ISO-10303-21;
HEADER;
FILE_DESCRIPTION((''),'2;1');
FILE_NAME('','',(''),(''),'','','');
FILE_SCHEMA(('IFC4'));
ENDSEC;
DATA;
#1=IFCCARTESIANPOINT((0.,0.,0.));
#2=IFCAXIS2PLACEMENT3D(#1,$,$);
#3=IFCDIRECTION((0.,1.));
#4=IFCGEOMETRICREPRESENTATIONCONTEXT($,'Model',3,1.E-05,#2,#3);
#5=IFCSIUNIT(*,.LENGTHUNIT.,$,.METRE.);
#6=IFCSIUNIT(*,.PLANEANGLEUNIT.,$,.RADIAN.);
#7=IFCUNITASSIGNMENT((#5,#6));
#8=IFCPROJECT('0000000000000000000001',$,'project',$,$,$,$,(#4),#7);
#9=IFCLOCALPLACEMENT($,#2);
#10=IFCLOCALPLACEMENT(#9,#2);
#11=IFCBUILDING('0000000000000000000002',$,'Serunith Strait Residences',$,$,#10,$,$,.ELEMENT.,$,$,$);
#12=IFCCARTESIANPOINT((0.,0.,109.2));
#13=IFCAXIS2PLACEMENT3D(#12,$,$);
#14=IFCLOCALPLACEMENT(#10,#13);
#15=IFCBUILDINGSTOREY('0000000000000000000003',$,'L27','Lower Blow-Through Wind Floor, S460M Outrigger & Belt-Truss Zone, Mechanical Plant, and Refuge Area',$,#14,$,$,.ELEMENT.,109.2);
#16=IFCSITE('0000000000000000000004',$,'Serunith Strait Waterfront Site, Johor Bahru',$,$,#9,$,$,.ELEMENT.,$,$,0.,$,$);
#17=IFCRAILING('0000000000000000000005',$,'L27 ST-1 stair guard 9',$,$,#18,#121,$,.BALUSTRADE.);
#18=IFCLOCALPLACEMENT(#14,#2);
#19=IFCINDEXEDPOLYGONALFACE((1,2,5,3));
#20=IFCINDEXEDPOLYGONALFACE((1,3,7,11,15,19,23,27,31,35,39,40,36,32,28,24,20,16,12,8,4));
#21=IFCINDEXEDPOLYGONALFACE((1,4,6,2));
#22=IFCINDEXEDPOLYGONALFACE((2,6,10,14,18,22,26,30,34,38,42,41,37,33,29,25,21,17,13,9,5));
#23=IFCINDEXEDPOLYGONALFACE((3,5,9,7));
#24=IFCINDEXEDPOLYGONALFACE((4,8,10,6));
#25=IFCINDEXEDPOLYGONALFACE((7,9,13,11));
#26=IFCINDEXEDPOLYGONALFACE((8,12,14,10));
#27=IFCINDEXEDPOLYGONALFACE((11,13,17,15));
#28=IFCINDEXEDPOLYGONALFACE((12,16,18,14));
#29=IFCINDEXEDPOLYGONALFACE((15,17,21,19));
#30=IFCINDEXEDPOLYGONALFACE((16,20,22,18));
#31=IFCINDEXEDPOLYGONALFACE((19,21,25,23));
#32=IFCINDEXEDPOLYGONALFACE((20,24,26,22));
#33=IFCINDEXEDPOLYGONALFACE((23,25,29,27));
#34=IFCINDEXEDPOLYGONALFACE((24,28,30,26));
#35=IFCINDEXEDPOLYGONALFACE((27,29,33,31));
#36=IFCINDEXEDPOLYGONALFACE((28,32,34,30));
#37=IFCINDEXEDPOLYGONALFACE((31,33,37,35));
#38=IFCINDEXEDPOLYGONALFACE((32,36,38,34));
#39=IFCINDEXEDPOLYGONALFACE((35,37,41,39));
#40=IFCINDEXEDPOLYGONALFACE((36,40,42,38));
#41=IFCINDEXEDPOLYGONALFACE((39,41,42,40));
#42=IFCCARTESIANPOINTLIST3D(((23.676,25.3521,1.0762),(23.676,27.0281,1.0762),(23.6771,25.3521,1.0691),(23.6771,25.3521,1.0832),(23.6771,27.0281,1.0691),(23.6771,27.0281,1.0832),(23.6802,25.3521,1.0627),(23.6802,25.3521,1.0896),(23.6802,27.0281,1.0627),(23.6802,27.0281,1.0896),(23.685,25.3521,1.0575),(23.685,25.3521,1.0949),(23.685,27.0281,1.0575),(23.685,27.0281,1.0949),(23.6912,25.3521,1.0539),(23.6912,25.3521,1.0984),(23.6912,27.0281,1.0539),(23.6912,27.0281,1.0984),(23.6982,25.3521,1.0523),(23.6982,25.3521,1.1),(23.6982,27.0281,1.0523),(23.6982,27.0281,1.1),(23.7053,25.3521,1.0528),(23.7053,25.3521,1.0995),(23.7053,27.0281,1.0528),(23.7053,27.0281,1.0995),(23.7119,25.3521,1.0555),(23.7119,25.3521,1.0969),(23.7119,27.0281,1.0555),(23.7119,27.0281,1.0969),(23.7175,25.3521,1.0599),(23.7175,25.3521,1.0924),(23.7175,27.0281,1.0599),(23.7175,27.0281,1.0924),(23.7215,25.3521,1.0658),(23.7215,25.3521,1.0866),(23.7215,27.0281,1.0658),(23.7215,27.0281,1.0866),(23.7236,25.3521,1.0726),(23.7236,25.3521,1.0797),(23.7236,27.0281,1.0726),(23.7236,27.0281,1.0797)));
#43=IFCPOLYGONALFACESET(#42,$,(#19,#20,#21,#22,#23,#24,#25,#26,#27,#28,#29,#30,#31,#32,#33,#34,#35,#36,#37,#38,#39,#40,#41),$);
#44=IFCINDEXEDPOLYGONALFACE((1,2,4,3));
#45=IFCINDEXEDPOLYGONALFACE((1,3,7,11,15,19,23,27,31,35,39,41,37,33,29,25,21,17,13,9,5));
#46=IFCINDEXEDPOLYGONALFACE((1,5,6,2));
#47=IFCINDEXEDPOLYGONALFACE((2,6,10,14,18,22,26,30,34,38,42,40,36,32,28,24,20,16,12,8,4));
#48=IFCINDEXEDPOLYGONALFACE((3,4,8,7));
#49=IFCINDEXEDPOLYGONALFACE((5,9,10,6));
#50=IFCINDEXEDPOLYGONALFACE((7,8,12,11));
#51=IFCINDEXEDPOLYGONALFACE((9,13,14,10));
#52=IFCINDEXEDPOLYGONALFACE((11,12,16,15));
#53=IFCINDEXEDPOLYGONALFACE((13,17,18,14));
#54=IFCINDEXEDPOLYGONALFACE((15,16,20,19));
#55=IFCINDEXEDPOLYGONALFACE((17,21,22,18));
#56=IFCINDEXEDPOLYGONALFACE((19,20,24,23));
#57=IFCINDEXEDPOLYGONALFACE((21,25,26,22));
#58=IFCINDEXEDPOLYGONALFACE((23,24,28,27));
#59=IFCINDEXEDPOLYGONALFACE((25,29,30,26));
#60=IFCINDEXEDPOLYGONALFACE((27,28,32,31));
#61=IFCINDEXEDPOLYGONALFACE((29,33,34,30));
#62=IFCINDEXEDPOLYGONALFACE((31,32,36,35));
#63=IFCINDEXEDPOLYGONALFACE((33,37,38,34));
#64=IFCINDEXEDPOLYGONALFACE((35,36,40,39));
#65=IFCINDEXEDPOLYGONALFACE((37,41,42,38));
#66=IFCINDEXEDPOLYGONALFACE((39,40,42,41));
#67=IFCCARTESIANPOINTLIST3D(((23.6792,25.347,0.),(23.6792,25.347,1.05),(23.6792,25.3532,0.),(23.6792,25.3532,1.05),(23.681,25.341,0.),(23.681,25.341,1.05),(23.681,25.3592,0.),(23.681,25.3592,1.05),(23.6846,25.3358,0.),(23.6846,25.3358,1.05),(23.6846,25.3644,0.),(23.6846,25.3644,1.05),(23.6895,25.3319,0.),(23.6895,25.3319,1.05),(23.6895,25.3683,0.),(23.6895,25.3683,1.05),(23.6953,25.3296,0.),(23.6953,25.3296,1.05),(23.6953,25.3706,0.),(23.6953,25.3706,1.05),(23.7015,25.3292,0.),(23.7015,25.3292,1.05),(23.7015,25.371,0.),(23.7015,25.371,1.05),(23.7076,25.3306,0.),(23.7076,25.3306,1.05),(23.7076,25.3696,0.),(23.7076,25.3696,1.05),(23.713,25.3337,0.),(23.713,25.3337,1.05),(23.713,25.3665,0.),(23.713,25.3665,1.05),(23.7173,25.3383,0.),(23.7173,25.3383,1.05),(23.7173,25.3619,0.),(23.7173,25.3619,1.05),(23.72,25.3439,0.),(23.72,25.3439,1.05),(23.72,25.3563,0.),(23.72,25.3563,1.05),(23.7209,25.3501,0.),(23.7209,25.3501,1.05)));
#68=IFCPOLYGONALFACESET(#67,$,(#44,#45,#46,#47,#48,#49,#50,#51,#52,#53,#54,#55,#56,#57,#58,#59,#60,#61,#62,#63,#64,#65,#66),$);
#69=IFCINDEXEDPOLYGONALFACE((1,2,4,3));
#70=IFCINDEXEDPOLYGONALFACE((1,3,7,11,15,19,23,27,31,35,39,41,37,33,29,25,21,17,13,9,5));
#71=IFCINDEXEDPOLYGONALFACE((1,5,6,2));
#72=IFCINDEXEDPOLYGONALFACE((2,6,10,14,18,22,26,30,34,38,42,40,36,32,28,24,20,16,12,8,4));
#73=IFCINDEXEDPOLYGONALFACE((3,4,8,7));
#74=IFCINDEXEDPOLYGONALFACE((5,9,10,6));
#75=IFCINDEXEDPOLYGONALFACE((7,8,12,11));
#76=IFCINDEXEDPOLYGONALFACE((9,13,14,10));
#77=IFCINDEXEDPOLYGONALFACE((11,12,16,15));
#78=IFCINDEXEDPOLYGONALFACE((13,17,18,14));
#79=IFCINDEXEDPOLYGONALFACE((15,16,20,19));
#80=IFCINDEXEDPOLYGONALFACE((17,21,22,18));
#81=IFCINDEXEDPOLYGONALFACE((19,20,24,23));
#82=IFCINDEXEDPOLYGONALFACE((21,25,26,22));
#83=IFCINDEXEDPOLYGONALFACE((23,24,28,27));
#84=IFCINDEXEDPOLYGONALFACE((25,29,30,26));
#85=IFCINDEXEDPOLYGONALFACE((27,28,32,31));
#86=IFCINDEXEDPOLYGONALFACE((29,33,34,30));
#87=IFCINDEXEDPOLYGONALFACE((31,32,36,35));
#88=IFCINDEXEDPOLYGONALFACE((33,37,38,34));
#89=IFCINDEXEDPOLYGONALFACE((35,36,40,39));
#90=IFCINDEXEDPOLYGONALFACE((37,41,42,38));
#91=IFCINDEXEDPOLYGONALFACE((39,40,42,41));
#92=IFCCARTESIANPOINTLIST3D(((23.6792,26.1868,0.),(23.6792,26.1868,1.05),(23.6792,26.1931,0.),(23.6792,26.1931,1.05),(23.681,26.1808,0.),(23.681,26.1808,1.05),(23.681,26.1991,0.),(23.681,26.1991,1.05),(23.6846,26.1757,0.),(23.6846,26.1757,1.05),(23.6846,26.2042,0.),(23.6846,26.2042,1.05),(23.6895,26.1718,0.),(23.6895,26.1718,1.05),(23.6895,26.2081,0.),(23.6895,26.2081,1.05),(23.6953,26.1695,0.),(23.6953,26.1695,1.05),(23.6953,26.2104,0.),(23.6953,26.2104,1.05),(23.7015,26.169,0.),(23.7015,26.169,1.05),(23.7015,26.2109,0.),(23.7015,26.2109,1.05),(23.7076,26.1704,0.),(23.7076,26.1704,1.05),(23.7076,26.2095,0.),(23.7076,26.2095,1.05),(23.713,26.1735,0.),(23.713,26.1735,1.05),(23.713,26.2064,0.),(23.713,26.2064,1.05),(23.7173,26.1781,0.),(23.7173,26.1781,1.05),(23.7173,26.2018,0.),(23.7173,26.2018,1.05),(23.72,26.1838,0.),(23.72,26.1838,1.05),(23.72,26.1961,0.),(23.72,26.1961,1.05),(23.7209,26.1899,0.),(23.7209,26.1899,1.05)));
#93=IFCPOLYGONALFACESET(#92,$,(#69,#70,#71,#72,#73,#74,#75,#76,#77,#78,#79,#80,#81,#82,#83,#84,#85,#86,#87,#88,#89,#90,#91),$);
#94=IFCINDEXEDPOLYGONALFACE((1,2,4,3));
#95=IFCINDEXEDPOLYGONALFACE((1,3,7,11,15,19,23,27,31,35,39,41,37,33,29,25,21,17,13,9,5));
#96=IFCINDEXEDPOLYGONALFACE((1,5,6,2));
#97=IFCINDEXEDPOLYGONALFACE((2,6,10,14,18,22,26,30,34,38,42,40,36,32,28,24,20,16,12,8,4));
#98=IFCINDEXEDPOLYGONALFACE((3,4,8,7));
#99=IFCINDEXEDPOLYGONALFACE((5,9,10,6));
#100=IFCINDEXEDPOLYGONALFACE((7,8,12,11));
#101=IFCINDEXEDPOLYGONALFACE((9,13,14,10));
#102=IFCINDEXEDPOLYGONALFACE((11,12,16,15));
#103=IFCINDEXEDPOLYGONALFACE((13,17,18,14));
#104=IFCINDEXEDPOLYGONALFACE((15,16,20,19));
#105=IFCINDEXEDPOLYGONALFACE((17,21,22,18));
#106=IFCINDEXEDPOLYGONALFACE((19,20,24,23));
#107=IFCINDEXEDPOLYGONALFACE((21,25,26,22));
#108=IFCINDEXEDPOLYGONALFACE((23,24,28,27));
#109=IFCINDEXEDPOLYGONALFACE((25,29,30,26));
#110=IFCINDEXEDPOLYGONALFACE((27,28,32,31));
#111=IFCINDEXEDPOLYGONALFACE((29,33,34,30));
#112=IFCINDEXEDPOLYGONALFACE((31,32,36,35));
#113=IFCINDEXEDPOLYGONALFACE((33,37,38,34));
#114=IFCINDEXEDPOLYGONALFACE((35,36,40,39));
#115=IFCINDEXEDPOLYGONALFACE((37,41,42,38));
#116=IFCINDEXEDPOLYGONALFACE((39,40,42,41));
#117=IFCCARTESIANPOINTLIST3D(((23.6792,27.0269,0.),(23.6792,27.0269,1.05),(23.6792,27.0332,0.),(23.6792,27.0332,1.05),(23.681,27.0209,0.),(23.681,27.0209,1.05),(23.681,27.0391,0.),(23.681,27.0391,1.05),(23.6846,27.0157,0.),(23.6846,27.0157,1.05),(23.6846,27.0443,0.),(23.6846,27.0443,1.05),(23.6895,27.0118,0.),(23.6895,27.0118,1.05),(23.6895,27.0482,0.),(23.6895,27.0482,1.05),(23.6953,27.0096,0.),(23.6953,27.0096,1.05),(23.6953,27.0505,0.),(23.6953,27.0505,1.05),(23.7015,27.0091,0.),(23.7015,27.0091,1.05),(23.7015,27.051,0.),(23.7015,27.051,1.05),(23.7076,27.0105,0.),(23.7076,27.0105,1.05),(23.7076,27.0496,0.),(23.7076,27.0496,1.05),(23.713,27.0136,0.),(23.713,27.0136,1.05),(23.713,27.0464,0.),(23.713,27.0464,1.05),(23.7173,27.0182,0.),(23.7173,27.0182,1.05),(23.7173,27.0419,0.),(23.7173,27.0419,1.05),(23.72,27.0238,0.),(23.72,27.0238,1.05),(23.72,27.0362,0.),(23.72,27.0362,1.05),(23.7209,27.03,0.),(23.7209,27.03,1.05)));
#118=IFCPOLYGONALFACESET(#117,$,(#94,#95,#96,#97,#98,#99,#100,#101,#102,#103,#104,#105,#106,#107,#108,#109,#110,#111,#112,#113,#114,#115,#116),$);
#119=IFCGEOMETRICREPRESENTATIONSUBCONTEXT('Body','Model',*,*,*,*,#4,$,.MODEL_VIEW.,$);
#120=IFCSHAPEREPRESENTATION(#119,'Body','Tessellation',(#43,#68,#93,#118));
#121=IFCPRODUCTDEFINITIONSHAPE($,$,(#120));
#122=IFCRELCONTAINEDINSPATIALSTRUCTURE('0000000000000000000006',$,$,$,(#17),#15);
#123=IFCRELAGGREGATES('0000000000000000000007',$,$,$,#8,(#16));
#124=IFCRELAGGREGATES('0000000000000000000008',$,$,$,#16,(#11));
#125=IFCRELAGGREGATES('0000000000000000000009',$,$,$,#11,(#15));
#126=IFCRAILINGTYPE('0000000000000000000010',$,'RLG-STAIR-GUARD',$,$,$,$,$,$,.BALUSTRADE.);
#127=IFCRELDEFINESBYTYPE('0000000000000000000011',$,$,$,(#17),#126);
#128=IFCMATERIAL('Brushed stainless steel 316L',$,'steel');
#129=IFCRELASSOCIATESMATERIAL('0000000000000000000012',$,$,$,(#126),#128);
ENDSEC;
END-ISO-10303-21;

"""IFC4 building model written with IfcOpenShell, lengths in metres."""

from ifc_helpers import new_model, si_unit, direction, frame, origin, origin_2d, place, context, subcontext, project, spatial, circle, extrude, material, type_object, element, save


model = new_model("IFC4")

# Units and contexts
model_context = context("Model", 3, precision=1e-05, world=origin(), true_north=direction((0.0, 1.0)))
body_context = subcontext(model_context, "Body", "Model", "MODEL_VIEW")
ifc_project = project(units=[si_unit("LENGTHUNIT", "METRE"), si_unit("PLANEANGLEUNIT", "RADIAN")], contexts=[model_context])

# Site, building, storey
site_placement = place(None, origin())
site = spatial("IfcSite", under=ifc_project, at=site_placement, Name="Serunith Strait Waterfront Site, Johor Bahru", CompositionType="ELEMENT", RefElevation=0.0)
building_placement = place(site_placement, origin())
building = spatial("IfcBuilding", under=site, at=building_placement, Name="Serunith Strait Residences", CompositionType="ELEMENT")
storey_placement = place(building_placement, frame((0.0, 0.0, 109.2)))
storey = spatial("IfcBuildingStorey", under=building, at=storey_placement, Name="L27", Description="Lower Blow-Through Wind Floor, S460M Outrigger & Belt-Truss Zone, Mechanical Plant, and Refuge Area", CompositionType="ELEMENT", Elevation=109.2)

# Railing
ifc_material_1 = material(Name="Brushed stainless steel 316L", Category="steel")
railing_type_1 = type_object("IfcRailingType", Name="RLG-STAIR-GUARD", PredefinedType="BALUSTRADE", material=ifc_material_1)
for number, where, name in (
    (1, (23.7, 25.3501, 0.0), "L27 ST-1 stair guard 9"),
):
    element("IfcRailing", number, at=place(storey_placement, frame(where)), inside=storey, type_object=railing_type_1, Name=name, PredefinedType="BALUSTRADE", context=body_context, shape_type="SweptSolid", body=[
        extrude(circle(Radius=0.0239, at=origin_2d()), frame((0.0, 0.002, 1.0762), z_axis=(0.0, 1.0, 0.0), x_axis=(-1.0, 0.0, 0.0)), (0.0, 0.0, 1.0), 1.676),
        extrude(circle(Radius=0.021, at=origin_2d()), origin(), (0.0, 0.0, 1.0), 1.05),
        extrude(circle(Radius=0.021, at=origin_2d()), frame((0.0, 0.8398, 0.0)), (0.0, 0.0, 1.0), 1.05),
        extrude(circle(Radius=0.021, at=origin_2d()), frame((0.0, 1.6799, 0.0)), (0.0, 0.0, 1.0), 1.05),
    ])

save(model, "model.ifc")
